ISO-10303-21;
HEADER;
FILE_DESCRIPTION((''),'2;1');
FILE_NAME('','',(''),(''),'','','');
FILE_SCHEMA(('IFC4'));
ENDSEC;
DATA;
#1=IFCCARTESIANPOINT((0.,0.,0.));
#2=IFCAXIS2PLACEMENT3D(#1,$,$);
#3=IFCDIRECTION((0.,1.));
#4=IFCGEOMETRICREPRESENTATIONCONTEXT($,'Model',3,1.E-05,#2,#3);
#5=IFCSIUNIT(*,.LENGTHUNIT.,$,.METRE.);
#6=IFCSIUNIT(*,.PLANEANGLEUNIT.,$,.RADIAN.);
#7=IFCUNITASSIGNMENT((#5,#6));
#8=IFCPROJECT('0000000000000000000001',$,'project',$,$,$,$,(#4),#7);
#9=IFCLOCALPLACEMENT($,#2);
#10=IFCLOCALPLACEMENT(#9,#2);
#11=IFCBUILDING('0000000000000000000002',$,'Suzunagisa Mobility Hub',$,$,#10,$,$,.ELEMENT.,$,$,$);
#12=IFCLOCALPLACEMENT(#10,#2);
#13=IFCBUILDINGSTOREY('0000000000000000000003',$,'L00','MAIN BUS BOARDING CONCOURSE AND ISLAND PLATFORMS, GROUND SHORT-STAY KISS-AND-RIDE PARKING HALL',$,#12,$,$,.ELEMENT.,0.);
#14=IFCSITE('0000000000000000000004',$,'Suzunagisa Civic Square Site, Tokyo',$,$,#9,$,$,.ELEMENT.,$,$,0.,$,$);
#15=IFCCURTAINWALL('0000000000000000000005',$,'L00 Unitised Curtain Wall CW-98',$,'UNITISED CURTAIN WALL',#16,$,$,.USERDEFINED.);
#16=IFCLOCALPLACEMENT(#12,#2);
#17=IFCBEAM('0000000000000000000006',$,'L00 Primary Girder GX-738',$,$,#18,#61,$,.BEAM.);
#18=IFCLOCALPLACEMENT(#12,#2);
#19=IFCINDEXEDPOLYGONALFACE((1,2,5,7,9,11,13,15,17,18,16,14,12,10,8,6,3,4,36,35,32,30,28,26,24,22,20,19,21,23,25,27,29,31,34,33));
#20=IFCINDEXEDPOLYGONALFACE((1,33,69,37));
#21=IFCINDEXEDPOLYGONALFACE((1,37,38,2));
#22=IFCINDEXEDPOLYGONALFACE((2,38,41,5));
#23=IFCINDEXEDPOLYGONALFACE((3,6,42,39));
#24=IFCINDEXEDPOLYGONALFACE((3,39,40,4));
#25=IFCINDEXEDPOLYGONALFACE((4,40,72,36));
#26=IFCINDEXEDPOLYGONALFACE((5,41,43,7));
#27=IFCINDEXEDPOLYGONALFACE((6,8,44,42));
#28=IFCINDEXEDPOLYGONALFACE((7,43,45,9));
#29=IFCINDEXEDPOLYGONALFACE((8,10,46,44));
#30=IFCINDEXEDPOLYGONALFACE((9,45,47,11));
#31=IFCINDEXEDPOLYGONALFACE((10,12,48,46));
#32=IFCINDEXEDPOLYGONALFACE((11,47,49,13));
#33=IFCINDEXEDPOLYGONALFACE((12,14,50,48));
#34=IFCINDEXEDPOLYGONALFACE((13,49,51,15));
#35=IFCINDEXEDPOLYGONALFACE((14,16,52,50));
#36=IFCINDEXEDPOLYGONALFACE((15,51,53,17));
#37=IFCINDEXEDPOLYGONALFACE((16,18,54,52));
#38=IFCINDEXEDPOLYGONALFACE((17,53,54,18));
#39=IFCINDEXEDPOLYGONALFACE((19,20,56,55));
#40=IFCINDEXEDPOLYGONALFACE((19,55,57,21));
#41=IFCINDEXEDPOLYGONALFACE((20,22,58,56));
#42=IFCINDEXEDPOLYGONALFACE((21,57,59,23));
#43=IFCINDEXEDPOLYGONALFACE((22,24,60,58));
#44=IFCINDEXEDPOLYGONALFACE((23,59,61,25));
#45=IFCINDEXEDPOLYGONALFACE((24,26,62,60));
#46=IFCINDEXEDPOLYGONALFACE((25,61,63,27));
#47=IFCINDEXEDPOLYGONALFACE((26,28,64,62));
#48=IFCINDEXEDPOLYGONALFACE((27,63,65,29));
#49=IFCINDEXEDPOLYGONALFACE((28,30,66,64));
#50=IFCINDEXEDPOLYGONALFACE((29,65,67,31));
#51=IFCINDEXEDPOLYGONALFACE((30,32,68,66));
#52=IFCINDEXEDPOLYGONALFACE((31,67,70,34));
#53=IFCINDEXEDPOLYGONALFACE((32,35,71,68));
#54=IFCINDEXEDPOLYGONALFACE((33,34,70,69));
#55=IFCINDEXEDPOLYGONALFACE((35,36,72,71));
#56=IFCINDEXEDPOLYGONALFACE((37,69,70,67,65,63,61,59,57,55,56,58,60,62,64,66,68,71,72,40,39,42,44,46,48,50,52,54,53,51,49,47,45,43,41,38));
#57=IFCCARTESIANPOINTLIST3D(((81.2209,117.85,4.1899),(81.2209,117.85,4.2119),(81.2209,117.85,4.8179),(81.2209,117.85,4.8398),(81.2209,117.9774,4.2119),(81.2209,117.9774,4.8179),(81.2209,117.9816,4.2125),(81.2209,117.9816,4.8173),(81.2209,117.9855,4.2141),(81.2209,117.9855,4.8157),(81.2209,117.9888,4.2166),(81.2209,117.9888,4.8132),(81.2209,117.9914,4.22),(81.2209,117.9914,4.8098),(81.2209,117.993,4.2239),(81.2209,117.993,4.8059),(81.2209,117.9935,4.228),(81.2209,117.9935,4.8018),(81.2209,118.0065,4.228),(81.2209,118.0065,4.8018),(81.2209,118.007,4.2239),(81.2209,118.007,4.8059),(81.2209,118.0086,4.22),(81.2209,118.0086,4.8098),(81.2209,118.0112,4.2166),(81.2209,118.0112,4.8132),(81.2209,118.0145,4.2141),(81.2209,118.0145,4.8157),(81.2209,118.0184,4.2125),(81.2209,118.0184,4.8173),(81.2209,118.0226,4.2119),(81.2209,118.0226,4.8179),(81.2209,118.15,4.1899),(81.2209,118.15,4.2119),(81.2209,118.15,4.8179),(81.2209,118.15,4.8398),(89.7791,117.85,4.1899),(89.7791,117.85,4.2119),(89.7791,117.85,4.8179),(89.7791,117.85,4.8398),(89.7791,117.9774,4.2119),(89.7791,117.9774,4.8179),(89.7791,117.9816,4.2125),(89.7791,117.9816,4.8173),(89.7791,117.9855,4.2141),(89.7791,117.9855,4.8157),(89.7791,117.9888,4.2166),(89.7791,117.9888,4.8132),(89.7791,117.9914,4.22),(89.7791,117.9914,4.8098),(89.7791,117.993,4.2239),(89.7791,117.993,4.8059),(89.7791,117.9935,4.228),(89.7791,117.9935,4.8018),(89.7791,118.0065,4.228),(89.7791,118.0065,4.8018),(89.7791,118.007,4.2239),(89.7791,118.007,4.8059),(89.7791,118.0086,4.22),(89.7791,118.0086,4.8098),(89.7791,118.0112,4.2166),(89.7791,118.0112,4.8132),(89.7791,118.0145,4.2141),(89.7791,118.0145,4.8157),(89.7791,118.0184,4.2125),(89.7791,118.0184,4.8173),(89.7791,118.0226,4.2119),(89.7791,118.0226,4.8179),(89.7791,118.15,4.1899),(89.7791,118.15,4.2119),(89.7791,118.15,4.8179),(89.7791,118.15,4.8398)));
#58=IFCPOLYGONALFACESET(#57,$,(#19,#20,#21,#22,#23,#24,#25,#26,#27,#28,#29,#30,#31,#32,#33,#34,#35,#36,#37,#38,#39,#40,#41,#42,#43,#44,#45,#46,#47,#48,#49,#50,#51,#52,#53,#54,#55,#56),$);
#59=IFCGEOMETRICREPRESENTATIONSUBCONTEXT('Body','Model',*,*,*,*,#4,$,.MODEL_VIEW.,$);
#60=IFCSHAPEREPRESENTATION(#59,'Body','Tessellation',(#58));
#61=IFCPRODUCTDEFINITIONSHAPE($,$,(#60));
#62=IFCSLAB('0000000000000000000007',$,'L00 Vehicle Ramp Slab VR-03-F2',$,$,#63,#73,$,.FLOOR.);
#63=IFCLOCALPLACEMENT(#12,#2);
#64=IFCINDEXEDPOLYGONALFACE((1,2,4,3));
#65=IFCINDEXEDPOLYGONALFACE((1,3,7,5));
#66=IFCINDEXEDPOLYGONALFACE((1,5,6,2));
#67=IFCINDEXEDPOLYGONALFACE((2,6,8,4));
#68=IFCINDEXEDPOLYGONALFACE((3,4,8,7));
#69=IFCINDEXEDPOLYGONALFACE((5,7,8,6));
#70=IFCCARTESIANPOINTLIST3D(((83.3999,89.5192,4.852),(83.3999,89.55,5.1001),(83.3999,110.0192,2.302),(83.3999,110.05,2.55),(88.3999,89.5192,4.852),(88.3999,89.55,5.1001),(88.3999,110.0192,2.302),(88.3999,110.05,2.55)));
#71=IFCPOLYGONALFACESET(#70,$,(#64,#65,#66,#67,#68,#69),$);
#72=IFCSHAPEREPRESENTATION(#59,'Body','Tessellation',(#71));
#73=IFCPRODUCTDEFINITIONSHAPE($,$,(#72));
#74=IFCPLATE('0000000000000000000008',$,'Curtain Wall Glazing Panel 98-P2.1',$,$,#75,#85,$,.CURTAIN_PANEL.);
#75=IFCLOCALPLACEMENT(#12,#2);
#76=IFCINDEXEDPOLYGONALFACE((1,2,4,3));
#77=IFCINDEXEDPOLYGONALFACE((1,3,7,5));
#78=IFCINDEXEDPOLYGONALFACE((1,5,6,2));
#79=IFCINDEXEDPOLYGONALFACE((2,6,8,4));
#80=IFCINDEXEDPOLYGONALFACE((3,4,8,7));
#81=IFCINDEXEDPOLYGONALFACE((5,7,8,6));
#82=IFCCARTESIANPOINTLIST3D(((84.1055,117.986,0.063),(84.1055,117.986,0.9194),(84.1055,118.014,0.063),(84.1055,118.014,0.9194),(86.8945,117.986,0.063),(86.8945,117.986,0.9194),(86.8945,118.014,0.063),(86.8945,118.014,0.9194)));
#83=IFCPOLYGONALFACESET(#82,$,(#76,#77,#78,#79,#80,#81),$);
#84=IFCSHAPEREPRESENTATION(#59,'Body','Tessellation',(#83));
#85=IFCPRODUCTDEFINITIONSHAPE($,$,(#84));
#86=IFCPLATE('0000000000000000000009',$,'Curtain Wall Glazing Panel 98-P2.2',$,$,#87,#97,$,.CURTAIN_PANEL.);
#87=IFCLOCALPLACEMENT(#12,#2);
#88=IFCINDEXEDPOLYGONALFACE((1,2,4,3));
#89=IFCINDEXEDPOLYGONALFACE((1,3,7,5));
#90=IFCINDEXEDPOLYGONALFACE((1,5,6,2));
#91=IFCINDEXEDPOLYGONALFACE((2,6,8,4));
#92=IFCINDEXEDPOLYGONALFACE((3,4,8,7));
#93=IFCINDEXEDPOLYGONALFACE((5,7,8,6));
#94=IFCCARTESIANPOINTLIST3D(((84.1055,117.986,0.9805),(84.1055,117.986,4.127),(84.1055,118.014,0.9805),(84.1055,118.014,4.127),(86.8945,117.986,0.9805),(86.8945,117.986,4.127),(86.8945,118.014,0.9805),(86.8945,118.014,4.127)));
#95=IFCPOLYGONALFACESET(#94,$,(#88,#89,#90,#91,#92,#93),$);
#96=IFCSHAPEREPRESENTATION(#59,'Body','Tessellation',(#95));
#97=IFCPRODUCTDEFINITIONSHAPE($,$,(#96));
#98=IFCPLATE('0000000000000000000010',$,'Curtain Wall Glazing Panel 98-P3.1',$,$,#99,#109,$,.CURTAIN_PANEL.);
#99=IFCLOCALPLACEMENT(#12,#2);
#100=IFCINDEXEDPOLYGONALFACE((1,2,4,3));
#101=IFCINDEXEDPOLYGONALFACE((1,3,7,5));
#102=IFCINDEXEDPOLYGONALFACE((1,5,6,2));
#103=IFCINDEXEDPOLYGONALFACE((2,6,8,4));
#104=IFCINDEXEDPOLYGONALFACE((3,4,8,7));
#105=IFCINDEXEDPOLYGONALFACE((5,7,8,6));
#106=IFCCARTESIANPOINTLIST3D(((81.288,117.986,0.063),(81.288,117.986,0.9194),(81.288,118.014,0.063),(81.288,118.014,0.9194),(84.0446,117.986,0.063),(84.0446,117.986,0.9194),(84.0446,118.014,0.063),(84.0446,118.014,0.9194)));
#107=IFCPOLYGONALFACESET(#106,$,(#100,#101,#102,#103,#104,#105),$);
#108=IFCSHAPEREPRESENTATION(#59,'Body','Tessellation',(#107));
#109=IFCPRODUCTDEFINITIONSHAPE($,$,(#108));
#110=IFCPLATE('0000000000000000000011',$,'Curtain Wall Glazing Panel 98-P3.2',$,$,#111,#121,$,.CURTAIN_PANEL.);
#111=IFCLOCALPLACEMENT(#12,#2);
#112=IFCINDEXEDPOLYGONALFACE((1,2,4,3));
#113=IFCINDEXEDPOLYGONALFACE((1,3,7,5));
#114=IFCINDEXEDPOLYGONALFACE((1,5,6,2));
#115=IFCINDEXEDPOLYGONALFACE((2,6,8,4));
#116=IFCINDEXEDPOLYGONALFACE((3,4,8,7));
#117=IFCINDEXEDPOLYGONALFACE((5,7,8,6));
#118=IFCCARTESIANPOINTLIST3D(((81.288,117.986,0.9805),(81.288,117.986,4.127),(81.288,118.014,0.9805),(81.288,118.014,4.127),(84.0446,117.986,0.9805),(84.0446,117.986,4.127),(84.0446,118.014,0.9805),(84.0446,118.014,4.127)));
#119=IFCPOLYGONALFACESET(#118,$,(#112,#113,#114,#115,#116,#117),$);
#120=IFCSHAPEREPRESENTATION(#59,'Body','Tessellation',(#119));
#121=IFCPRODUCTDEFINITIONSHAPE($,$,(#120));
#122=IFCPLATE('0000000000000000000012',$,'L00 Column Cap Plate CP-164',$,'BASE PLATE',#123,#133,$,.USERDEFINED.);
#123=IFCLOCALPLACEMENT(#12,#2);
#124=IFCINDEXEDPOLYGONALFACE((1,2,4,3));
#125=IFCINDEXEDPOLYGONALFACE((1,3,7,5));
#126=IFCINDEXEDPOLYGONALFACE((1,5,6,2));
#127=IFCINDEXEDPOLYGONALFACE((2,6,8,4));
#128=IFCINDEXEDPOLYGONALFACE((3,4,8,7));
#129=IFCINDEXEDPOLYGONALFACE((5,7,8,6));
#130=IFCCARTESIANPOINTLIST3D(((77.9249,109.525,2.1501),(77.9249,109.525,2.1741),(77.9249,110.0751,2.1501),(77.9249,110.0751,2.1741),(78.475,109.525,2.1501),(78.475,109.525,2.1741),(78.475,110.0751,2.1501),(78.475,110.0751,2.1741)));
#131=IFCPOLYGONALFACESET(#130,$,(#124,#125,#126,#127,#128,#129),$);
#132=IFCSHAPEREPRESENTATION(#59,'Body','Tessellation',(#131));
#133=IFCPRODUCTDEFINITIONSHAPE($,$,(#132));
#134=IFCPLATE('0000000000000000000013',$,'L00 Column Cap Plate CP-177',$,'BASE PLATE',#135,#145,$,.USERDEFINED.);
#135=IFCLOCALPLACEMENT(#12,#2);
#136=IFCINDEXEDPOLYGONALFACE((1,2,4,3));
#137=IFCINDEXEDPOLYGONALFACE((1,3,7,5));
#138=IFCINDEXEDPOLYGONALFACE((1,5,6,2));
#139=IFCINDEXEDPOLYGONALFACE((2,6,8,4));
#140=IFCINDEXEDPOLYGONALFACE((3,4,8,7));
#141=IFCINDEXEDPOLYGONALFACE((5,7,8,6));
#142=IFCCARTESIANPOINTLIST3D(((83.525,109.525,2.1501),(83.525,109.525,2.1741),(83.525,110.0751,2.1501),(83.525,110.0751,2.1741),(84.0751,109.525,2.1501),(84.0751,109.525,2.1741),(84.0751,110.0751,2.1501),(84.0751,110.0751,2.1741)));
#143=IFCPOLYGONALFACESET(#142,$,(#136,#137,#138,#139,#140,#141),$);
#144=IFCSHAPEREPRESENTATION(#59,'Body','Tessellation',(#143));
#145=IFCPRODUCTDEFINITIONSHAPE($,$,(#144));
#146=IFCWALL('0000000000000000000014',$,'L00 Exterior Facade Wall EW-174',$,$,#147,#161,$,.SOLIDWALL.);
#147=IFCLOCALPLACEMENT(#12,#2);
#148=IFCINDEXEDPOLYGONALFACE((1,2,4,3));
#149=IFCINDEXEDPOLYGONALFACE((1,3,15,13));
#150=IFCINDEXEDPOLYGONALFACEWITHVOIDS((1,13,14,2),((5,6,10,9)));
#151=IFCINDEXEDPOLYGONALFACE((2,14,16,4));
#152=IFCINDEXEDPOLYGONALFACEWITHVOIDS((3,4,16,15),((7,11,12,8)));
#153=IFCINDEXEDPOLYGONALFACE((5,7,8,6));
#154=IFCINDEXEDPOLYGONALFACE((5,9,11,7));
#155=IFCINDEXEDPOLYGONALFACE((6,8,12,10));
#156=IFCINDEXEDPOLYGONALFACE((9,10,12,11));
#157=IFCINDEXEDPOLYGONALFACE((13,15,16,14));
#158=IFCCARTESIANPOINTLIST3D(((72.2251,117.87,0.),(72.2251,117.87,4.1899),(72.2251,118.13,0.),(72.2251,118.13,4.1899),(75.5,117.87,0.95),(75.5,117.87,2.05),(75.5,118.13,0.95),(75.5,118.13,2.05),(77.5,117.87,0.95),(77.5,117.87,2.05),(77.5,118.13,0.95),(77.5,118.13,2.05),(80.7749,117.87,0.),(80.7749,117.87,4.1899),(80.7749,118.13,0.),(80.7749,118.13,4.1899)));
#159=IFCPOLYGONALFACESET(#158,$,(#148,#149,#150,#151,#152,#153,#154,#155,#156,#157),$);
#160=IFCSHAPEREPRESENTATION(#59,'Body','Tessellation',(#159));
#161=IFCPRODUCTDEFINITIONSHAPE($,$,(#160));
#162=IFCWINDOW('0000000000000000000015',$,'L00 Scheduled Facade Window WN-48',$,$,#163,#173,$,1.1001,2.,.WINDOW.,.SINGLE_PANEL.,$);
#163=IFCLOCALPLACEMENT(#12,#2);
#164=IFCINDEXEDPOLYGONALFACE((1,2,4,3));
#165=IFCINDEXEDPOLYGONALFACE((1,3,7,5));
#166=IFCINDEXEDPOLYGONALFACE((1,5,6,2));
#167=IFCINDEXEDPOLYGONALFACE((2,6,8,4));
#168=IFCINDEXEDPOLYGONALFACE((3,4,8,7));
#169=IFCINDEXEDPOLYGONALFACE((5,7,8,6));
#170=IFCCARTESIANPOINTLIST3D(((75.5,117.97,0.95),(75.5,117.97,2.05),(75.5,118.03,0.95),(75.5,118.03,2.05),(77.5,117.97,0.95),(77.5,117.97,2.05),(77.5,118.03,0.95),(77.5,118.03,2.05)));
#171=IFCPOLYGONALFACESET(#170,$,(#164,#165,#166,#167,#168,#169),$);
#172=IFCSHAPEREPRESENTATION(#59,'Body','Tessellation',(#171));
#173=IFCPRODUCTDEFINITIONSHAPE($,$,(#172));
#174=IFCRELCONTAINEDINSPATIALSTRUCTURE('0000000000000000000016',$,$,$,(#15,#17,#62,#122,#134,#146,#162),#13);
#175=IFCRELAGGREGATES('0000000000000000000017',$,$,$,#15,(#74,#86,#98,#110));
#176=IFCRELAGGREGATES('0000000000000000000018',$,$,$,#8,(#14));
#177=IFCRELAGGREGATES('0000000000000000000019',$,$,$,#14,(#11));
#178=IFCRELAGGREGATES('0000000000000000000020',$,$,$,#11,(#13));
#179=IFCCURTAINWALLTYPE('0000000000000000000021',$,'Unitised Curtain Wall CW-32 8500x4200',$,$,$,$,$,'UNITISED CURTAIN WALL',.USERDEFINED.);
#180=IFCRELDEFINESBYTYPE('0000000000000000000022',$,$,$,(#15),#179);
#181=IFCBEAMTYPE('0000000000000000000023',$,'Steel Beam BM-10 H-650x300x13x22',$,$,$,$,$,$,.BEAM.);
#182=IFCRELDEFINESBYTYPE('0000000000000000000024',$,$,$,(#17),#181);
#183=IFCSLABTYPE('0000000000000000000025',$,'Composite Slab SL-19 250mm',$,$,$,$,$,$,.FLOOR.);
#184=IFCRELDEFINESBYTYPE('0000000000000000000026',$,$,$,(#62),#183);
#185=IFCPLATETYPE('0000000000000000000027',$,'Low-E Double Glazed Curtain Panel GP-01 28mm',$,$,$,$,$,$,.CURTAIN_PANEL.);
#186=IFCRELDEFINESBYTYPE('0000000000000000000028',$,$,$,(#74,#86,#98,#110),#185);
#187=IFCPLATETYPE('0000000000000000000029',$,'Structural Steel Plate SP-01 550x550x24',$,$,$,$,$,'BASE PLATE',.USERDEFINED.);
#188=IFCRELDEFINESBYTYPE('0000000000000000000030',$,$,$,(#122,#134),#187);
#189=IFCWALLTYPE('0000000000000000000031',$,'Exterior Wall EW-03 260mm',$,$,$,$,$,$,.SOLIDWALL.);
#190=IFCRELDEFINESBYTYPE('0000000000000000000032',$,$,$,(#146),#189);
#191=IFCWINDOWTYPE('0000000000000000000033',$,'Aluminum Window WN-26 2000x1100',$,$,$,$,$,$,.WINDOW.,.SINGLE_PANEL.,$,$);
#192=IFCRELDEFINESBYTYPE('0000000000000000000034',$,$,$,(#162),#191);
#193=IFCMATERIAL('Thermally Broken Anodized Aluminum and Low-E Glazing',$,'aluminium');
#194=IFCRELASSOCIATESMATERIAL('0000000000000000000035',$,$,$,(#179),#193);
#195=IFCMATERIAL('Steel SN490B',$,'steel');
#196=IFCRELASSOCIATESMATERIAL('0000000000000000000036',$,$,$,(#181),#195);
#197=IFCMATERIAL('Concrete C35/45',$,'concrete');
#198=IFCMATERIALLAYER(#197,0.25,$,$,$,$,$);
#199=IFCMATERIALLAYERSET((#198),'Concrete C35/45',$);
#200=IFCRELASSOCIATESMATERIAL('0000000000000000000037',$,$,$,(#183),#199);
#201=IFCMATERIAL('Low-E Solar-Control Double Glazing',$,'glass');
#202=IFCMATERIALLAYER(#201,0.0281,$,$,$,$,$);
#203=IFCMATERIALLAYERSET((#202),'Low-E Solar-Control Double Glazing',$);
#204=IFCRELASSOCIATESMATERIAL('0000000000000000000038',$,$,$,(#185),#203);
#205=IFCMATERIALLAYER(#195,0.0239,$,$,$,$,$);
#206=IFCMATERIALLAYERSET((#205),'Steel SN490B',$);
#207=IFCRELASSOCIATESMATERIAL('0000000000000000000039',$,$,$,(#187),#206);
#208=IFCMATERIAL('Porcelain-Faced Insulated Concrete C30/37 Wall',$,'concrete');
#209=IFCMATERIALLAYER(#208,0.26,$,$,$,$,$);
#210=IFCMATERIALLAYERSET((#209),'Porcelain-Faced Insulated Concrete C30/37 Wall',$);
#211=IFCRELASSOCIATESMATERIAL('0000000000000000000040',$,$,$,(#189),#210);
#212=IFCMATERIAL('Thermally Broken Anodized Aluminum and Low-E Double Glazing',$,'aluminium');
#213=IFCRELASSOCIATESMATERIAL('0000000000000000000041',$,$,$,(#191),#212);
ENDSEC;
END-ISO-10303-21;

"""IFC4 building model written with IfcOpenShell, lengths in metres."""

from ifc_helpers import new_model, si_unit, direction, frame, frame_2d, origin, origin_2d, place, context, subcontext, project, spatial, polyline, rectangle, i_section, outline, extrude, material, layer, layer_set, material_profile, profile_set, type_object, element, fill, aggregate, save


model = new_model("IFC4")

# Units and contexts
model_context = context("Model", 3, precision=1e-05, world=origin(), true_north=direction((0.0, 1.0)))
body_context = subcontext(model_context, "Body", "Model", "MODEL_VIEW")
ifc_project = project(units=[si_unit("LENGTHUNIT", "METRE"), si_unit("PLANEANGLEUNIT", "RADIAN")], contexts=[model_context])

# Site, building, storey
site_placement = place(None, origin())
site = spatial("IfcSite", under=ifc_project, at=site_placement, Name="Suzunagisa Civic Square Site, Tokyo", CompositionType="ELEMENT", RefElevation=0.0)
building_placement = place(site_placement, origin())
building = spatial("IfcBuilding", under=site, at=building_placement, Name="Suzunagisa Mobility Hub", CompositionType="ELEMENT")
storey_placement = place(building_placement, origin())
storey = spatial("IfcBuildingStorey", under=building, at=storey_placement, Name="L00", Description="MAIN BUS BOARDING CONCOURSE AND ISLAND PLATFORMS, GROUND SHORT-STAY KISS-AND-RIDE PARKING HALL", CompositionType="ELEMENT", Elevation=0.0)

# Shared definitions
ifc_material_1 = material(Name="Steel SN490B", Category="steel")

# Curtain wall
ifc_material_2 = material(Name="Thermally Broken Anodized Aluminum and Low-E Glazing", Category="aluminium")
curtain_wall_type = type_object("IfcCurtainWallType", Name="Unitised Curtain Wall CW-32 8500x4200", ElementType="UNITISED CURTAIN WALL", PredefinedType="USERDEFINED", material=ifc_material_2)
curtain_wall_placement = place(storey_placement, origin())
curtain_wall = element("IfcCurtainWall", 1, at=curtain_wall_placement, inside=storey, type_object=curtain_wall_type, Name="L00 Unitised Curtain Wall CW-98", ObjectType="UNITISED CURTAIN WALL", PredefinedType="USERDEFINED")

# Beam
ifc_material_profile_1 = material_profile(ifc_material_1, i_section(OverallWidth=0.3, OverallDepth=0.6499, WebThickness=0.0129, FlangeThickness=0.022, FilletRadius=0.0161, at=origin_2d()), Name="H-650x300x13x22")
ifc_profile_set_1 = profile_set([ifc_material_profile_1], Name="Steel SN490B")
beam_type_1 = type_object("IfcBeamType", Name="Steel Beam BM-10 H-650x300x13x22", PredefinedType="BEAM", material=ifc_profile_set_1)
beam_1_placement = place(storey_placement, frame((81.2209, 118.0, 4.5149), z_axis=(1.0, 0.0, 0.0), x_axis=(0.0, 1.0, 0.0)))
element("IfcBeam", 2, at=beam_1_placement, inside=storey, type_object=beam_type_1, Name="L00 Primary Girder GX-738", PredefinedType="BEAM", context=body_context, shape_type="SweptSolid", body=[
    extrude(i_section(OverallWidth=0.3, OverallDepth=0.6499, WebThickness=0.0129, FlangeThickness=0.022, FilletRadius=0.0161, at=origin_2d()), origin(), (0.0, 0.0, 1.0), 8.5581),
])

# Slab
ifc_material_3 = material(Name="Concrete C35/45", Category="concrete")
ifc_layer_1 = layer(ifc_material_3, 0.25)
ifc_layer_set_1 = layer_set([ifc_layer_1], Name="Concrete C35/45")
slab_type = type_object("IfcSlabType", Name="Composite Slab SL-19 250mm", PredefinedType="FLOOR", material=ifc_layer_set_1)
slab_placement = place(storey_placement, frame((83.3999, 110.05, 2.55), z_axis=(0.0, 0.123441, 0.992352), x_axis=(1.0, 0.0, 0.0)))
element("IfcSlab", 3, at=slab_placement, inside=storey, type_object=slab_type, Name="L00 Vehicle Ramp Slab VR-03-F2", PredefinedType="FLOOR", context=body_context, shape_type="SweptSolid", body=[
    extrude(outline(polyline([(0.0, 0.0), (5.0, 0.0), (5.0, -20.658), (0.0, -20.658), (0.0, 0.0)])), origin(), (0.0, 0.0, -1.0), 0.25),
])

# Plates
ifc_material_4 = material(Name="Low-E Solar-Control Double Glazing", Category="glass")
ifc_layer_2 = layer(ifc_material_4, 0.0281)
ifc_layer_set_2 = layer_set([ifc_layer_2], Name="Low-E Solar-Control Double Glazing")
plate_type_1 = type_object("IfcPlateType", Name="Low-E Double Glazed Curtain Panel GP-01 28mm", PredefinedType="CURTAIN_PANEL", material=ifc_layer_set_2)
plate_1_placement = place(storey_placement, frame((85.5, 118.0, 0.063), z_axis=(0.0, 0.0, 1.0), x_axis=(-1.0, 0.0, 0.0)))
plate_1 = element("IfcPlate", 4, at=plate_1_placement, type_object=plate_type_1, Name="Curtain Wall Glazing Panel 98-P2.1", PredefinedType="CURTAIN_PANEL", context=body_context, shape_type="SweptSolid", body=[
    extrude(rectangle(XDim=2.7891, YDim=0.0281, at=origin_2d()), origin(), (0.0, 0.0, 1.0), 0.8564),
])
plate_2_placement = place(storey_placement, frame((85.5, 118.0, 0.9805), z_axis=(0.0, 0.0, 1.0), x_axis=(-1.0, 0.0, 0.0)))
plate_2 = element("IfcPlate", 5, at=plate_2_placement, type_object=plate_type_1, Name="Curtain Wall Glazing Panel 98-P2.2", PredefinedType="CURTAIN_PANEL", context=body_context, shape_type="SweptSolid", body=[
    extrude(rectangle(XDim=2.7891, YDim=0.0281, at=origin_2d()), origin(), (0.0, 0.0, 1.0), 3.1465),
])
plate_3_placement = place(storey_placement, frame((82.6663, 118.0, 0.063), z_axis=(0.0, 0.0, 1.0), x_axis=(-1.0, 0.0, 0.0)))
plate_3 = element("IfcPlate", 6, at=plate_3_placement, type_object=plate_type_1, Name="Curtain Wall Glazing Panel 98-P3.1", PredefinedType="CURTAIN_PANEL", context=body_context, shape_type="SweptSolid", body=[
    extrude(rectangle(XDim=2.7566, YDim=0.0281, at=origin_2d()), origin(), (0.0, 0.0, 1.0), 0.8564),
])
plate_4_placement = place(storey_placement, frame((82.6663, 118.0, 0.9805), z_axis=(0.0, 0.0, 1.0), x_axis=(-1.0, 0.0, 0.0)))
plate_4 = element("IfcPlate", 7, at=plate_4_placement, type_object=plate_type_1, Name="Curtain Wall Glazing Panel 98-P3.2", PredefinedType="CURTAIN_PANEL", context=body_context, shape_type="SweptSolid", body=[
    extrude(rectangle(XDim=2.7566, YDim=0.0281, at=origin_2d()), origin(), (0.0, 0.0, 1.0), 3.1465),
])
aggregate(curtain_wall, [plate_1, plate_2, plate_3, plate_4])

# Plates
ifc_layer_3 = layer(ifc_material_1, 0.0239)
ifc_layer_set_3 = layer_set([ifc_layer_3], Name="Steel SN490B")
plate_type_2 = type_object("IfcPlateType", Name="Structural Steel Plate SP-01 550x550x24", ElementType="BASE PLATE", PredefinedType="USERDEFINED", material=ifc_layer_set_3)
for number, where, z_axis, x_axis, name in (
    (8, (78.2, 109.8, 2.1501), (0.0, 0.0, 1.0), (1.0, 0.0, 0.0), "L00 Column Cap Plate CP-164"),
    (9, (83.8, 109.8, 2.1501), (0.0, 0.0, 1.0), (1.0, 0.0, 0.0), "L00 Column Cap Plate CP-177"),
):
    element("IfcPlate", number, at=place(storey_placement, frame(where, z_axis=z_axis, x_axis=x_axis)), inside=storey, type_object=plate_type_2, Name=name, ObjectType="BASE PLATE", PredefinedType="USERDEFINED", context=body_context, shape_type="SweptSolid", body=[
        extrude(rectangle(XDim=0.55, YDim=0.55, at=origin_2d()), origin(), (0.0, 0.0, 1.0), 0.0239),
    ])

# Wall, opening, window
ifc_material_5 = material(Name="Porcelain-Faced Insulated Concrete C30/37 Wall", Category="concrete")
ifc_layer_4 = layer(ifc_material_5, 0.26)
ifc_layer_set_4 = layer_set([ifc_layer_4], Name="Porcelain-Faced Insulated Concrete C30/37 Wall")
wall_type = type_object("IfcWallType", Name="Exterior Wall EW-03 260mm", PredefinedType="SOLIDWALL", material=ifc_layer_set_4)
wall_placement = place(storey_placement, frame((80.7749, 118.0, 0.0), z_axis=(0.0, 0.0, 1.0), x_axis=(-1.0, 0.0, 0.0)))
wall = element("IfcWall", 10, at=wall_placement, inside=storey, type_object=wall_type, Name="L00 Exterior Facade Wall EW-174", PredefinedType="SOLIDWALL", context=body_context, shape_type="SweptSolid", body=[
    extrude(rectangle(XDim=8.5498, YDim=0.26, at=frame_2d((4.2749, 0.0))), origin(), (0.0, 0.0, 1.0), 4.1899),
])
opening_placement = place(wall_placement, frame((3.2749, 0.0, 0.95)))
opening = element("IfcOpeningElement", 11, at=opening_placement, cuts=wall, PredefinedType="OPENING", context=body_context, shape_type="SweptSolid", body=[
    extrude(rectangle(XDim=2.0, YDim=1.1001, at=frame_2d((1.0, 0.55))), frame((0.0, 0.1411, 0.0), z_axis=(0.0, -1.0, 0.0), x_axis=(1.0, 0.0, 0.0)), (0.0, 0.0, 1.0), 0.282),
])
ifc_material_6 = material(Name="Thermally Broken Anodized Aluminum and Low-E Double Glazing", Category="aluminium")
window_type = type_object("IfcWindowType", Name="Aluminum Window WN-26 2000x1100", PartitioningType="SINGLE_PANEL", PredefinedType="WINDOW", material=ifc_material_6)
window_placement = place(opening_placement, origin())
window = element("IfcWindow", 12, at=window_placement, inside=storey, type_object=window_type, Name="L00 Scheduled Facade Window WN-48", OverallHeight=1.1001, OverallWidth=2.0, PartitioningType="SINGLE_PANEL", PredefinedType="WINDOW", context=body_context, shape_type="SweptSolid", body=[
    extrude(rectangle(XDim=2.0, YDim=1.1001, at=frame_2d((1.0, 0.55))), frame((0.0, 0.03, 0.0), z_axis=(0.0, -1.0, 0.0), x_axis=(1.0, 0.0, 0.0)), (0.0, 0.0, 1.0), 0.0601),
])
fill(opening, window)

save(model, "model.ifc")
